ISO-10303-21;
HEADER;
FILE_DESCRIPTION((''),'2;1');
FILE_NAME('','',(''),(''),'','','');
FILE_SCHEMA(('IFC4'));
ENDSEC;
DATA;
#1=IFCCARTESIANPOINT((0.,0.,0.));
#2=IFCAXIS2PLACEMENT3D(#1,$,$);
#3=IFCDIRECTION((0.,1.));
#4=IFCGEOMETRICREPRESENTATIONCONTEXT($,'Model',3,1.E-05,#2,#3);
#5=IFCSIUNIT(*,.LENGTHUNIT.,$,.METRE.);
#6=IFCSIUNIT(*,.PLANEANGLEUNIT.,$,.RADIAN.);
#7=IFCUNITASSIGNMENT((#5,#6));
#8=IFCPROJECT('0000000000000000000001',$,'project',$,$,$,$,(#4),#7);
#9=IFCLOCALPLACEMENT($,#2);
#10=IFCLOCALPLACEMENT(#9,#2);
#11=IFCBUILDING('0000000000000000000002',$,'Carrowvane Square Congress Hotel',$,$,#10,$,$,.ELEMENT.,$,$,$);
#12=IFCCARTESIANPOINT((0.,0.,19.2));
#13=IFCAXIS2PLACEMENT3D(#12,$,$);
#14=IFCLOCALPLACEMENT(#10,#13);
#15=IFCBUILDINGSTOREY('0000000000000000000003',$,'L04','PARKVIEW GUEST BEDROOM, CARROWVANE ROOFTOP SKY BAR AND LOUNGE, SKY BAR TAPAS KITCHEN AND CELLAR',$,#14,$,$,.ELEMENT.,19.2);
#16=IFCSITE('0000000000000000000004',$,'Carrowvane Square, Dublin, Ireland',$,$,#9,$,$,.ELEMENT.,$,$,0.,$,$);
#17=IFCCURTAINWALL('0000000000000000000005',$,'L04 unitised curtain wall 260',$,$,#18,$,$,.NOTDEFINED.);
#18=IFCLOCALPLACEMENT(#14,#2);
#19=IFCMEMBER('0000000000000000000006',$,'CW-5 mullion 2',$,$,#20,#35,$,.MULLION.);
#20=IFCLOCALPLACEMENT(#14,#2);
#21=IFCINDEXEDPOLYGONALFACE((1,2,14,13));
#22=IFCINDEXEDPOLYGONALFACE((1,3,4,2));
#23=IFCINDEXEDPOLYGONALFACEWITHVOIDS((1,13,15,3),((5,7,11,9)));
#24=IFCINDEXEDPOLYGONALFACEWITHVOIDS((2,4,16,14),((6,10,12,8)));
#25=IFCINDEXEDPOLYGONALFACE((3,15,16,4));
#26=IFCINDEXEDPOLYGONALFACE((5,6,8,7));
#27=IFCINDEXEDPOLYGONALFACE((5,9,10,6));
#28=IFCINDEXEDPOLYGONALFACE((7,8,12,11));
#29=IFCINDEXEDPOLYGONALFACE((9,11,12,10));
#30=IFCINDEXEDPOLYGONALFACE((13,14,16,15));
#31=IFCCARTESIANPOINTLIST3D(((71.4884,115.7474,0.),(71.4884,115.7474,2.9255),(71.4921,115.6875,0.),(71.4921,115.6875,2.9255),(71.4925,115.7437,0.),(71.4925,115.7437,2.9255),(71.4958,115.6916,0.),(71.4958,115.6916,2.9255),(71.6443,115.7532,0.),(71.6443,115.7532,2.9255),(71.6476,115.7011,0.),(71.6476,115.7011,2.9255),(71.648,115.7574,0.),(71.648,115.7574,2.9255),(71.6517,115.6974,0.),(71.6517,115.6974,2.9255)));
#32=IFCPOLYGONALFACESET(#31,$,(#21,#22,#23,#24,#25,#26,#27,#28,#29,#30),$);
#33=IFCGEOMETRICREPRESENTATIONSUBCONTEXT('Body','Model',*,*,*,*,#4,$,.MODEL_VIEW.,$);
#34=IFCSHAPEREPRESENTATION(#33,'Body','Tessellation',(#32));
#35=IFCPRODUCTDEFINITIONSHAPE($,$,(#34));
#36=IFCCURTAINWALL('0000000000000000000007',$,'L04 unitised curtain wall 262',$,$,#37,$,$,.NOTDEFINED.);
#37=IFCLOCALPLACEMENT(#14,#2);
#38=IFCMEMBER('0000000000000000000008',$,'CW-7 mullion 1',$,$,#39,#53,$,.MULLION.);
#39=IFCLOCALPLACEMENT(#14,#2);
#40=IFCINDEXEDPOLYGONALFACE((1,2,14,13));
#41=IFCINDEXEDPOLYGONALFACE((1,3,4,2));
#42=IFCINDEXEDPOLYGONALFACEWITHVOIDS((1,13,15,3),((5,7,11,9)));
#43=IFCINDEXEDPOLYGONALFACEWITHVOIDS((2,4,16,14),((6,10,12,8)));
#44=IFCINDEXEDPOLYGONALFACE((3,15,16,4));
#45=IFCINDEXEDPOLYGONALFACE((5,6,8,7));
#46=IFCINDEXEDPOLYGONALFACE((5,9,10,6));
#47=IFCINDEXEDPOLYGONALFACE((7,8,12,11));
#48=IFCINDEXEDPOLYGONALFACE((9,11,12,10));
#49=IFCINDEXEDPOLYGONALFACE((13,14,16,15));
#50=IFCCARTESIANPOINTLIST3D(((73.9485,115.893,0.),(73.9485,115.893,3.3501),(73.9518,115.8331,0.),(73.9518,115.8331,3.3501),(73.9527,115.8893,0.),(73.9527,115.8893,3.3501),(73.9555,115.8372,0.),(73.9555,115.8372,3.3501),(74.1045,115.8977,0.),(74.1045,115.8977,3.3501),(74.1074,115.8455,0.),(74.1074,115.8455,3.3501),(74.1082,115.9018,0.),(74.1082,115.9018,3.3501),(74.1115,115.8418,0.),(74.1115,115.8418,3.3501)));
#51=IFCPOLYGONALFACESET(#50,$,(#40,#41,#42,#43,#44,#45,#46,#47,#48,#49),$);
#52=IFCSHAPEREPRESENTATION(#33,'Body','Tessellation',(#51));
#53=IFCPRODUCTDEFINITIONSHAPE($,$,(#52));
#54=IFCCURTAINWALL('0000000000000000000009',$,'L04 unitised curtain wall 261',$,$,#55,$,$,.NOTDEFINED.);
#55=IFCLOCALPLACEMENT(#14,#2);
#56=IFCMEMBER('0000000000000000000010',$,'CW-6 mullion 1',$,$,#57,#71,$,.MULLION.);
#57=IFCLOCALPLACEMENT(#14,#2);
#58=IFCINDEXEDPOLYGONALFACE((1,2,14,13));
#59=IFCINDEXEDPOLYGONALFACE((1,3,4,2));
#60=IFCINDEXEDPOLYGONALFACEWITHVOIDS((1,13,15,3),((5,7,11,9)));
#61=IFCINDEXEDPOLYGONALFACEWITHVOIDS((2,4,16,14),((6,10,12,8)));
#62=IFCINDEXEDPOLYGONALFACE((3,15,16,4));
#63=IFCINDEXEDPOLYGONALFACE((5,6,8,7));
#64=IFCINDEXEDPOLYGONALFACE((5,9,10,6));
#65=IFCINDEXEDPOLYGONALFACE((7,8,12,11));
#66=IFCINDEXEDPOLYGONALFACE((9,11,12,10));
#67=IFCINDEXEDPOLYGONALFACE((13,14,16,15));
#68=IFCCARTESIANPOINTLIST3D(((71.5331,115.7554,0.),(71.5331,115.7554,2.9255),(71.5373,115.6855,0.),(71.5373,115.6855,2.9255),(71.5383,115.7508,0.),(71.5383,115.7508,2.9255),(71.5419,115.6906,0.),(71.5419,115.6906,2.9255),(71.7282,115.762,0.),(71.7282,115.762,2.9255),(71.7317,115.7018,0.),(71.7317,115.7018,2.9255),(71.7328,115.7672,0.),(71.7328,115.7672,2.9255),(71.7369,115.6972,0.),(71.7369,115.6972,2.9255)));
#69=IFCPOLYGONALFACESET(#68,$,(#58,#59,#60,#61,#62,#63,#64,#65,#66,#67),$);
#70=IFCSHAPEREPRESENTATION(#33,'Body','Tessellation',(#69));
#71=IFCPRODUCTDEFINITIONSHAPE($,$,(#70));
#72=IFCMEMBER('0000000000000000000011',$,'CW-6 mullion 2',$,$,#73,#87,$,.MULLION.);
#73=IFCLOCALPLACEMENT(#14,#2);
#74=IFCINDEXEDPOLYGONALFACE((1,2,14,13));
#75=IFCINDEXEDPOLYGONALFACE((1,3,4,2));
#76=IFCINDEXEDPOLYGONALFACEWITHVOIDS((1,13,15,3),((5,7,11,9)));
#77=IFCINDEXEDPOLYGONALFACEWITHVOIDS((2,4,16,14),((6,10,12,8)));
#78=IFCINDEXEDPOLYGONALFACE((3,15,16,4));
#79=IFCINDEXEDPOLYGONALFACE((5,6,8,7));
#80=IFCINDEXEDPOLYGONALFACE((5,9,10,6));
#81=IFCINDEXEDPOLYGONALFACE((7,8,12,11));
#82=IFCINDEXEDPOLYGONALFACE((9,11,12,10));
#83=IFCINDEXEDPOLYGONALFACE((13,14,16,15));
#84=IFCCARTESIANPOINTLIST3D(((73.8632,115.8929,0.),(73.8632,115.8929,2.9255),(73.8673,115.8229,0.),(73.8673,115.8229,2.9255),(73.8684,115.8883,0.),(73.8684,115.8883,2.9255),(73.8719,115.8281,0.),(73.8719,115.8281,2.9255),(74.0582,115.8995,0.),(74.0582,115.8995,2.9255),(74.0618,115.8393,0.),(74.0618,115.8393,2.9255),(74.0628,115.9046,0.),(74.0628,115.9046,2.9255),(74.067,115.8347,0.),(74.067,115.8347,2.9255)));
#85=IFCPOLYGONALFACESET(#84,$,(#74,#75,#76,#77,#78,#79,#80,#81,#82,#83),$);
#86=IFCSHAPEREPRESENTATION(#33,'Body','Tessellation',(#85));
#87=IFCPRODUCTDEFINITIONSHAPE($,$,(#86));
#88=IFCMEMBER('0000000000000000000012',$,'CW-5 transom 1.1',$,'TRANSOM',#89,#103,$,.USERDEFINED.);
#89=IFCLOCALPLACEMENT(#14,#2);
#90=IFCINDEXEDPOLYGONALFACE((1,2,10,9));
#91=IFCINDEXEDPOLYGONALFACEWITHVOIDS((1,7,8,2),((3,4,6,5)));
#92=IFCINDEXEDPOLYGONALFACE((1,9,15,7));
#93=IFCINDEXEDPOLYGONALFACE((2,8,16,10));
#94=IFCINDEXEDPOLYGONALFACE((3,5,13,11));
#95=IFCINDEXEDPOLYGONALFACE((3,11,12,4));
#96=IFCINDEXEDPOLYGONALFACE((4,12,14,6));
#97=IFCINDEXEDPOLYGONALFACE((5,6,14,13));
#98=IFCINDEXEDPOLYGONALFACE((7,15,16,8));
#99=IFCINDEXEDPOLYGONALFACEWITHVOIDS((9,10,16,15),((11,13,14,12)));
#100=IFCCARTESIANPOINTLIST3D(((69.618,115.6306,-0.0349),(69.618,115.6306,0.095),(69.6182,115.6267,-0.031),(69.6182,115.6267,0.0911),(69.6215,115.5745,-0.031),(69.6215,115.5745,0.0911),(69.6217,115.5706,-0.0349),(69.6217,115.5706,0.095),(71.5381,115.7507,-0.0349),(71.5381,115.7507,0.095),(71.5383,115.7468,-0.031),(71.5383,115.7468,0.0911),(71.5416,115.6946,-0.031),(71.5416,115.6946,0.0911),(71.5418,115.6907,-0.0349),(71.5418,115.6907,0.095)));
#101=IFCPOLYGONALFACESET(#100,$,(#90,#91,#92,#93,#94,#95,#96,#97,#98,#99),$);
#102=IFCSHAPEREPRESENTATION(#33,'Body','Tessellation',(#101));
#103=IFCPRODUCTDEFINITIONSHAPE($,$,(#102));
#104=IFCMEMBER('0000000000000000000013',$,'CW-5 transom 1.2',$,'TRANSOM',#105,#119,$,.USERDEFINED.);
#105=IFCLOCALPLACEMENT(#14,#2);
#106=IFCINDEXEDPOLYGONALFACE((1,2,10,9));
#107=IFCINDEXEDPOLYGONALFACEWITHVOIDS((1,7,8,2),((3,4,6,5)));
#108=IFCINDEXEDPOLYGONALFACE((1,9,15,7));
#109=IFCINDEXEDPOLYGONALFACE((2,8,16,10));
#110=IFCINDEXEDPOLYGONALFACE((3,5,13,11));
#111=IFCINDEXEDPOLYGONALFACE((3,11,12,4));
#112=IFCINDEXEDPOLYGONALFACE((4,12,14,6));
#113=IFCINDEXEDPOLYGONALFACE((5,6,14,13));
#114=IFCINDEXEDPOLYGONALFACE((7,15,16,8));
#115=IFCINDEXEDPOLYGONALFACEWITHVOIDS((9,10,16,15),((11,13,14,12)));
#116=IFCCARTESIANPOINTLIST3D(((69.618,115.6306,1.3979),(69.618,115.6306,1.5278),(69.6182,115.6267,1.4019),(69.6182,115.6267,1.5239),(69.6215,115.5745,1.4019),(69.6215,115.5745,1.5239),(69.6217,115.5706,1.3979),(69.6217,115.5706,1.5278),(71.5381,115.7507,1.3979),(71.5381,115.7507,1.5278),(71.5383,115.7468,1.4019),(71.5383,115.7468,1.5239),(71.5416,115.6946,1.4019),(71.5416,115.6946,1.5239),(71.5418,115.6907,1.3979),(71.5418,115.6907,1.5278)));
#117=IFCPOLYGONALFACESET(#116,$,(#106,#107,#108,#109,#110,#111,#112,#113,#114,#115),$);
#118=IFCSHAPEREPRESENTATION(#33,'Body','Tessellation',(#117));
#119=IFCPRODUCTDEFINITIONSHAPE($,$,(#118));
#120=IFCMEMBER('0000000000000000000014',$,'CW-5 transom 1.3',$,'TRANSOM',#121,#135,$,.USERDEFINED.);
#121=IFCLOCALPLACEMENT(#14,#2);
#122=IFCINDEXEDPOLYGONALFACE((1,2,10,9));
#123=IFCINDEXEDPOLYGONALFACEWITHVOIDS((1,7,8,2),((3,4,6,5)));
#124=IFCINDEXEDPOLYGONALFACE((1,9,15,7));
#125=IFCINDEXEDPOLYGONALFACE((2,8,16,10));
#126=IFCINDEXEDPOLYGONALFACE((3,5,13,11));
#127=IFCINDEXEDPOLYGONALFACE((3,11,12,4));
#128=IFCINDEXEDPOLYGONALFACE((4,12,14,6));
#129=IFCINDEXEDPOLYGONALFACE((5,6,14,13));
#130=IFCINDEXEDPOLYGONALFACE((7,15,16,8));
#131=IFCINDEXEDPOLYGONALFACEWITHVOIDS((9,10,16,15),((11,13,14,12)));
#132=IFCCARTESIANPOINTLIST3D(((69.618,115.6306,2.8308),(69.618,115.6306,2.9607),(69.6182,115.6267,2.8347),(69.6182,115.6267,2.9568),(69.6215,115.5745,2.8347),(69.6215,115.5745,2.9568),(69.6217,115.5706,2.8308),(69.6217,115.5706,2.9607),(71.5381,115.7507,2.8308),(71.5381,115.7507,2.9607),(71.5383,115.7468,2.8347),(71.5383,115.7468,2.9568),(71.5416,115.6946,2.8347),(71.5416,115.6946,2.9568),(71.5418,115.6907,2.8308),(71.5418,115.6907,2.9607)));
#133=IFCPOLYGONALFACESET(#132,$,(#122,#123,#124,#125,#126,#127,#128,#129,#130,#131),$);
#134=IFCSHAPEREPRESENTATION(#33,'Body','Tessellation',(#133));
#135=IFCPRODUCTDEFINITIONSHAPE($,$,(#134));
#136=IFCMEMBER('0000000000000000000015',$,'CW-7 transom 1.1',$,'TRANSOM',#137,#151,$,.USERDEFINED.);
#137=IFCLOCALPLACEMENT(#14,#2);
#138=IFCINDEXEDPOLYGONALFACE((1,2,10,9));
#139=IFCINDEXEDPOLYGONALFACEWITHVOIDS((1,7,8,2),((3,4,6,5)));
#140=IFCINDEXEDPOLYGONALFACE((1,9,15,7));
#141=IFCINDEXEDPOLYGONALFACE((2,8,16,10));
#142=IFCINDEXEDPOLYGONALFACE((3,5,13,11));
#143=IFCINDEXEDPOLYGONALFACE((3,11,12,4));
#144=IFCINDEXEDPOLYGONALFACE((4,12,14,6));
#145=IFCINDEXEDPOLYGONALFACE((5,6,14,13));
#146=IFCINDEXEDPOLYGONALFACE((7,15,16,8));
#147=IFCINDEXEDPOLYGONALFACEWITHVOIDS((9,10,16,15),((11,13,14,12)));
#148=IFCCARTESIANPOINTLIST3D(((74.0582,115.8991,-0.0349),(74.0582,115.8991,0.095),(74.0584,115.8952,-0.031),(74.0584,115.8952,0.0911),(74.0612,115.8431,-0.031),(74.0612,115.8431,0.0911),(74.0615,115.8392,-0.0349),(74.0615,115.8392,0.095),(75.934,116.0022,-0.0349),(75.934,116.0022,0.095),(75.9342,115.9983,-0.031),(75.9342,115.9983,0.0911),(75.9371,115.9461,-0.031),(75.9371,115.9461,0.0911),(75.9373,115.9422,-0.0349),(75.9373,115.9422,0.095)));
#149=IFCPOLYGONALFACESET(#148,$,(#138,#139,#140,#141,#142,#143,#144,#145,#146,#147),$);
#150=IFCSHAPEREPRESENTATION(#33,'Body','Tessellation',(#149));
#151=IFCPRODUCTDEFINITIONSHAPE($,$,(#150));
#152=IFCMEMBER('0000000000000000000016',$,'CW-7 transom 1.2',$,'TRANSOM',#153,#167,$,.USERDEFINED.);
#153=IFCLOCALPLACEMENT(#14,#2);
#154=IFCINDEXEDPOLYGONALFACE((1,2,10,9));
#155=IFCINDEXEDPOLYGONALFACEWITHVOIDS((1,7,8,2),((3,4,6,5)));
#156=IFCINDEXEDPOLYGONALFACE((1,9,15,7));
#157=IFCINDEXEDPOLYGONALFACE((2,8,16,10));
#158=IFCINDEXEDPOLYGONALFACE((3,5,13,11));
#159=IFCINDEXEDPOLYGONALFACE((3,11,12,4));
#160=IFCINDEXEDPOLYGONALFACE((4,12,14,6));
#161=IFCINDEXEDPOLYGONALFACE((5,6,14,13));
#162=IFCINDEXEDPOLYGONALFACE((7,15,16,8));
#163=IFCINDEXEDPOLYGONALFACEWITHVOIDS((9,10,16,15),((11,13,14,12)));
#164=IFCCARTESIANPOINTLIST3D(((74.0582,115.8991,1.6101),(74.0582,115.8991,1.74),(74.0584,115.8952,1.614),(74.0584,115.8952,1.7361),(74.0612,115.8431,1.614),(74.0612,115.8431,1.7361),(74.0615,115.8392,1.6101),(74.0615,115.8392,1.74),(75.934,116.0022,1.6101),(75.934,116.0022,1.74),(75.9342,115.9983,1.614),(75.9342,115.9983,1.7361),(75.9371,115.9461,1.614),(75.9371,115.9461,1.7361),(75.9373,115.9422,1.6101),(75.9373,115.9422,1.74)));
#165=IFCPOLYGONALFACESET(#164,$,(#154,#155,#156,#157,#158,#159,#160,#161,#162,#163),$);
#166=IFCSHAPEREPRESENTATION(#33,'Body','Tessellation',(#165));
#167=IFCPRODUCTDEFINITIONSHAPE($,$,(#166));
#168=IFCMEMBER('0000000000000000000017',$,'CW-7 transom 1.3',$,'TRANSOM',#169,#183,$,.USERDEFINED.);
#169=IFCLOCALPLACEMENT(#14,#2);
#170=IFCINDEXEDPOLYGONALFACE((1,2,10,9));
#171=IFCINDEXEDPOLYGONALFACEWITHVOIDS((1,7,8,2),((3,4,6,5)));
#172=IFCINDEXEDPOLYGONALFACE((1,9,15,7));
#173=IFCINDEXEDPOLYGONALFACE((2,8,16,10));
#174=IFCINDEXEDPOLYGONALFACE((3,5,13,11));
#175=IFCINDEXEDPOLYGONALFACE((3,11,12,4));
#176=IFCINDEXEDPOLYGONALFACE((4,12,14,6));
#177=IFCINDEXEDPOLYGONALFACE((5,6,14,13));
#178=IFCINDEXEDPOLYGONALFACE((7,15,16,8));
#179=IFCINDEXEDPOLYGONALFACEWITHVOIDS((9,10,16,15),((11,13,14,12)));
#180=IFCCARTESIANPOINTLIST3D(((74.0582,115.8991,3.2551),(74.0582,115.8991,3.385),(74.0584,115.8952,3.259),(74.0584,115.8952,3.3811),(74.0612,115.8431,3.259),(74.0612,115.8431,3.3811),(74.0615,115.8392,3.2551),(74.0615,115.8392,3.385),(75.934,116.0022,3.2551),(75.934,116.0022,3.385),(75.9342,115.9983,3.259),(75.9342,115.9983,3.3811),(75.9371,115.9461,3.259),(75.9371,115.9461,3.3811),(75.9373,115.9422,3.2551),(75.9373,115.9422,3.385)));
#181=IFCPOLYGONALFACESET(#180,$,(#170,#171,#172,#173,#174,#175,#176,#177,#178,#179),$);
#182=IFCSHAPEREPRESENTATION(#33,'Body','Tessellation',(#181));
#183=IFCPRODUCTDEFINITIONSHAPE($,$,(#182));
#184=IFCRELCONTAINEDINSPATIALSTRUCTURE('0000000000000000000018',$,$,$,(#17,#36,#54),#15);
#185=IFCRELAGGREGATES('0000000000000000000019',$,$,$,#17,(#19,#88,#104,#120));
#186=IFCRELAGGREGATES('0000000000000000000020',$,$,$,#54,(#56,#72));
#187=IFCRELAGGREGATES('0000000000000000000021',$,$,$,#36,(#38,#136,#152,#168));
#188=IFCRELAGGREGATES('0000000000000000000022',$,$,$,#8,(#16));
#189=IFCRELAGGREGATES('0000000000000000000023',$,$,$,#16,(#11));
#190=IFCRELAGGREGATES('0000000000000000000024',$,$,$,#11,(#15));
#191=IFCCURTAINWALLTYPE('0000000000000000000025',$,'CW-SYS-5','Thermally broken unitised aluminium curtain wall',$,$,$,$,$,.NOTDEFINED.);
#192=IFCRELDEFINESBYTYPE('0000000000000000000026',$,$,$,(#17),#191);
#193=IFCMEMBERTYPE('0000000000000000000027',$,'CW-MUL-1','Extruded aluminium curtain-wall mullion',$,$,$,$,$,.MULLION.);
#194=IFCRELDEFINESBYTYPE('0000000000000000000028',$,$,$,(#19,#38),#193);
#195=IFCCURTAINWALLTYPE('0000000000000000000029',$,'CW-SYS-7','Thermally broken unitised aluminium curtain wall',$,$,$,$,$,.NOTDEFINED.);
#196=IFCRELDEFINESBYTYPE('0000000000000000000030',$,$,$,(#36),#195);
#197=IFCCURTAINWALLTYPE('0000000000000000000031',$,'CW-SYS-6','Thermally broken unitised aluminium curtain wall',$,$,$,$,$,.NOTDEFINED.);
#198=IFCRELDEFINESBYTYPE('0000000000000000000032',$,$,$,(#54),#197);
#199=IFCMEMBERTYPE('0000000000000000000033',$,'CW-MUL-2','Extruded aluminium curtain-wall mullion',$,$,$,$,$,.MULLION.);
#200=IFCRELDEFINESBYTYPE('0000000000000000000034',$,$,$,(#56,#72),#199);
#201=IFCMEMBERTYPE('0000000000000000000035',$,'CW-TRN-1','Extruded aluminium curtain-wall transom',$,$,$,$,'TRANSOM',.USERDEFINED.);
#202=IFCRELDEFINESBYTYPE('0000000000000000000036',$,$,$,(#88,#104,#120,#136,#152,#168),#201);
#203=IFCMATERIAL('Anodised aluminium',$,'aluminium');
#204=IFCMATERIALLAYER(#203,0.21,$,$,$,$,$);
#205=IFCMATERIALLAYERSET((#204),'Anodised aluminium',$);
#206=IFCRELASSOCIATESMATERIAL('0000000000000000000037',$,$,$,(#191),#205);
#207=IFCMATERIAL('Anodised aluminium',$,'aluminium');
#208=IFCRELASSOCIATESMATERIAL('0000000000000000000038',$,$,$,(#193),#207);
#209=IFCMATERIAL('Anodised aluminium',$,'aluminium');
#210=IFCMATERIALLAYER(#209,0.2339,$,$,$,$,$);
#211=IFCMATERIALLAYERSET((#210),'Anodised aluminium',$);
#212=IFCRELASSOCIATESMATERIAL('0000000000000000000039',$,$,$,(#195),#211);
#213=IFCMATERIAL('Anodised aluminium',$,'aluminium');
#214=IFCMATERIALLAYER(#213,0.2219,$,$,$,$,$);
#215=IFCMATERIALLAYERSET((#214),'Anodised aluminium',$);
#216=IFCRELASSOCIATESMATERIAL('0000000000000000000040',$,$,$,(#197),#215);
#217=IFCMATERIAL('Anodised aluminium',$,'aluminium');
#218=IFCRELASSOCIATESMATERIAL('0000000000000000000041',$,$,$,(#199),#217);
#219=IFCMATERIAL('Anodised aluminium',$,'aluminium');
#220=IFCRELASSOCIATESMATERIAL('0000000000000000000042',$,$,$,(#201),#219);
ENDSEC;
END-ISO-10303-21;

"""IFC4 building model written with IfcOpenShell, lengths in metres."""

from ifc_helpers import new_model, si_unit, direction, frame, origin, origin_2d, place, context, subcontext, project, spatial, hollow_rectangle, extrude, material, layer, layer_set, material_profile, profile_set, type_object, element, aggregate, save


model = new_model("IFC4")

# Units and contexts
model_context = context("Model", 3, precision=1e-05, world=origin(), true_north=direction((0.0, 1.0)))
body_context = subcontext(model_context, "Body", "Model", "MODEL_VIEW")
ifc_project = project(units=[si_unit("LENGTHUNIT", "METRE"), si_unit("PLANEANGLEUNIT", "RADIAN")], contexts=[model_context])

# Site, building, storey
site_placement = place(None, origin())
site = spatial("IfcSite", under=ifc_project, at=site_placement, Name="Carrowvane Square, Dublin, Ireland", CompositionType="ELEMENT", RefElevation=0.0)
building_placement = place(site_placement, origin())
building = spatial("IfcBuilding", under=site, at=building_placement, Name="Carrowvane Square Congress Hotel", CompositionType="ELEMENT")
storey_placement = place(building_placement, frame((0.0, 0.0, 19.2)))
storey = spatial("IfcBuildingStorey", under=building, at=storey_placement, Name="L04", Description="PARKVIEW GUEST BEDROOM, CARROWVANE ROOFTOP SKY BAR AND LOUNGE, SKY BAR TAPAS KITCHEN AND CELLAR", CompositionType="ELEMENT", Elevation=19.2)

# Curtain walls, members
ifc_material_1 = material(Name="Anodised aluminium", Category="aluminium")
ifc_layer_1 = layer(ifc_material_1, 0.21)
ifc_layer_set_1 = layer_set([ifc_layer_1], Name="Anodised aluminium")
curtain_wall_type_1 = type_object("IfcCurtainWallType", Name="CW-SYS-5", Description="Thermally broken unitised aluminium curtain wall", PredefinedType="NOTDEFINED", material=ifc_layer_set_1)
curtain_wall_1_placement = place(storey_placement, origin())
curtain_wall_1 = element("IfcCurtainWall", 1, at=curtain_wall_1_placement, inside=storey, type_object=curtain_wall_type_1, Name="L04 unitised curtain wall 260", PredefinedType="NOTDEFINED")
ifc_material_2 = material(Name="Anodised aluminium", Category="aluminium")
ifc_material_profile_1 = material_profile(ifc_material_2, hollow_rectangle(XDim=0.0601, YDim=0.1599, WallThickness=0.0039, at=origin_2d()), Name="CW-ML 60x160x4")
ifc_profile_set_1 = profile_set([ifc_material_profile_1], Name="Anodised aluminium")
member_type_1 = type_object("IfcMemberType", Name="CW-MUL-1", Description="Extruded aluminium curtain-wall mullion", PredefinedType="MULLION", material=ifc_profile_set_1)
member_1_placement = place(storey_placement, frame((71.5701, 115.7224, 0.0), z_axis=(0.0, 0.0, 1.0), x_axis=(-0.062397, 0.998051, 0.0)))
member_1 = element("IfcMember", 2, at=member_1_placement, type_object=member_type_1, Name="CW-5 mullion 2", PredefinedType="MULLION", context=body_context, shape_type="SweptSolid", body=[
    extrude(hollow_rectangle(XDim=0.0601, YDim=0.1599, WallThickness=0.0039, at=origin_2d()), origin(), (0.0, 0.0, 1.0), 2.9255),
])
ifc_material_3 = material(Name="Anodised aluminium", Category="aluminium")
ifc_layer_2 = layer(ifc_material_3, 0.2339)
ifc_layer_set_2 = layer_set([ifc_layer_2], Name="Anodised aluminium")
curtain_wall_type_2 = type_object("IfcCurtainWallType", Name="CW-SYS-7", Description="Thermally broken unitised aluminium curtain wall", PredefinedType="NOTDEFINED", material=ifc_layer_set_2)
curtain_wall_2_placement = place(storey_placement, origin())
curtain_wall_2 = element("IfcCurtainWall", 3, at=curtain_wall_2_placement, inside=storey, type_object=curtain_wall_type_2, Name="L04 unitised curtain wall 262", PredefinedType="NOTDEFINED")
member_2_placement = place(storey_placement, frame((74.03, 115.8674, 0.0), z_axis=(0.0, 0.0, 1.0), x_axis=(-0.054816, 0.998496, 0.0)))
member_2 = element("IfcMember", 4, at=member_2_placement, type_object=member_type_1, Name="CW-7 mullion 1", PredefinedType="MULLION", context=body_context, shape_type="SweptSolid", body=[
    extrude(hollow_rectangle(XDim=0.0601, YDim=0.1599, WallThickness=0.0039, at=origin_2d()), origin(), (0.0, 0.0, 1.0), 3.3501),
])

# Curtain wall, members
ifc_material_4 = material(Name="Anodised aluminium", Category="aluminium")
ifc_layer_3 = layer(ifc_material_4, 0.2219)
ifc_layer_set_3 = layer_set([ifc_layer_3], Name="Anodised aluminium")
curtain_wall_type_3 = type_object("IfcCurtainWallType", Name="CW-SYS-6", Description="Thermally broken unitised aluminium curtain wall", PredefinedType="NOTDEFINED", material=ifc_layer_set_3)
curtain_wall_3_placement = place(storey_placement, origin())
curtain_wall_3 = element("IfcCurtainWall", 5, at=curtain_wall_3_placement, inside=storey, type_object=curtain_wall_type_3, Name="L04 unitised curtain wall 261", PredefinedType="NOTDEFINED")
ifc_material_5 = material(Name="Anodised aluminium", Category="aluminium")
ifc_material_profile_2 = material_profile(ifc_material_5, hollow_rectangle(XDim=0.0701, YDim=0.2, WallThickness=0.0049, at=origin_2d()), Name="CW-ML 70x200x5")
ifc_profile_set_2 = profile_set([ifc_material_profile_2], Name="Anodised aluminium")
member_type_2 = type_object("IfcMemberType", Name="CW-MUL-2", Description="Extruded aluminium curtain-wall mullion", PredefinedType="MULLION", material=ifc_profile_set_2)
member_3_placement = place(storey_placement, frame((71.635, 115.7263, 0.0), z_axis=(0.0, 0.0, 1.0), x_axis=(-0.058851, 0.998267, 0.0)))
member_3 = element("IfcMember", 6, at=member_3_placement, type_object=member_type_2, Name="CW-6 mullion 1", PredefinedType="MULLION", context=body_context, shape_type="SweptSolid", body=[
    extrude(hollow_rectangle(XDim=0.0701, YDim=0.2, WallThickness=0.0049, at=origin_2d()), origin(), (0.0, 0.0, 1.0), 2.9255),
])
member_4_placement = place(storey_placement, frame((73.9651, 115.8638, 0.0), z_axis=(0.0, 0.0, 1.0), x_axis=(-0.058851, 0.998267, 0.0)))
member_4 = element("IfcMember", 7, at=member_4_placement, type_object=member_type_2, Name="CW-6 mullion 2", PredefinedType="MULLION", context=body_context, shape_type="SweptSolid", body=[
    extrude(hollow_rectangle(XDim=0.0701, YDim=0.2, WallThickness=0.0049, at=origin_2d()), origin(), (0.0, 0.0, 1.0), 2.9255),
])

# Members
ifc_material_6 = material(Name="Anodised aluminium", Category="aluminium")
ifc_material_profile_3 = material_profile(ifc_material_6, hollow_rectangle(XDim=0.0601, YDim=0.1299, WallThickness=0.0039, at=origin_2d()), Name="CW-TR 60x130x4")
ifc_profile_set_3 = profile_set([ifc_material_profile_3], Name="Anodised aluminium")
member_type_3 = type_object("IfcMemberType", Name="CW-TRN-1", Description="Extruded aluminium curtain-wall transom", ElementType="TRANSOM", PredefinedType="USERDEFINED", material=ifc_profile_set_3)
member_5_placement = place(storey_placement, frame((69.6199, 115.6006, 0.03), z_axis=(0.998049, 0.062434, 0.0), x_axis=(-0.062434, 0.998049, 0.0)))
member_5 = element("IfcMember", 8, at=member_5_placement, type_object=member_type_3, Name="CW-5 transom 1.1", ObjectType="TRANSOM", PredefinedType="USERDEFINED", context=body_context, shape_type="SweptSolid", body=[
    extrude(hollow_rectangle(XDim=0.0601, YDim=0.1299, WallThickness=0.0039, at=origin_2d()), origin(), (0.0, 0.0, 1.0), 1.9238),
])
member_6_placement = place(storey_placement, frame((69.6199, 115.6006, 1.4629), z_axis=(0.998049, 0.062434, 0.0), x_axis=(-0.062434, 0.998049, 0.0)))
member_6 = element("IfcMember", 9, at=member_6_placement, type_object=member_type_3, Name="CW-5 transom 1.2", ObjectType="TRANSOM", PredefinedType="USERDEFINED", context=body_context, shape_type="SweptSolid", body=[
    extrude(hollow_rectangle(XDim=0.0601, YDim=0.1299, WallThickness=0.0039, at=origin_2d()), origin(), (0.0, 0.0, 1.0), 1.9238),
])
member_7_placement = place(storey_placement, frame((69.6199, 115.6006, 2.8958), z_axis=(0.998049, 0.062434, 0.0), x_axis=(-0.062434, 0.998049, 0.0)))
member_7 = element("IfcMember", 10, at=member_7_placement, type_object=member_type_3, Name="CW-5 transom 1.3", ObjectType="TRANSOM", PredefinedType="USERDEFINED", context=body_context, shape_type="SweptSolid", body=[
    extrude(hollow_rectangle(XDim=0.0601, YDim=0.1299, WallThickness=0.0039, at=origin_2d()), origin(), (0.0, 0.0, 1.0), 1.9238),
])
member_8_placement = place(storey_placement, frame((74.0598, 115.8691, 0.03), z_axis=(0.998495, 0.054844, 0.0), x_axis=(-0.054844, 0.998495, 0.0)))
member_8 = element("IfcMember", 11, at=member_8_placement, type_object=member_type_3, Name="CW-7 transom 1.1", ObjectType="TRANSOM", PredefinedType="USERDEFINED", context=body_context, shape_type="SweptSolid", body=[
    extrude(hollow_rectangle(XDim=0.0601, YDim=0.1299, WallThickness=0.0039, at=origin_2d()), origin(), (0.0, 0.0, 1.0), 1.8787),
])
member_9_placement = place(storey_placement, frame((74.0598, 115.8691, 1.675), z_axis=(0.998495, 0.054844, 0.0), x_axis=(-0.054844, 0.998495, 0.0)))
member_9 = element("IfcMember", 12, at=member_9_placement, type_object=member_type_3, Name="CW-7 transom 1.2", ObjectType="TRANSOM", PredefinedType="USERDEFINED", context=body_context, shape_type="SweptSolid", body=[
    extrude(hollow_rectangle(XDim=0.0601, YDim=0.1299, WallThickness=0.0039, at=origin_2d()), origin(), (0.0, 0.0, 1.0), 1.8787),
])
member_10_placement = place(storey_placement, frame((74.0598, 115.8691, 3.3201), z_axis=(0.998495, 0.054844, 0.0), x_axis=(-0.054844, 0.998495, 0.0)))
member_10 = element("IfcMember", 13, at=member_10_placement, type_object=member_type_3, Name="CW-7 transom 1.3", ObjectType="TRANSOM", PredefinedType="USERDEFINED", context=body_context, shape_type="SweptSolid", body=[
    extrude(hollow_rectangle(XDim=0.0601, YDim=0.1299, WallThickness=0.0039, at=origin_2d()), origin(), (0.0, 0.0, 1.0), 1.8787),
])

aggregate(curtain_wall_1, [member_1, member_5, member_6, member_7])
aggregate(curtain_wall_3, [member_3, member_4])
aggregate(curtain_wall_2, [member_2, member_8, member_9, member_10])

save(model, "model.ifc")
